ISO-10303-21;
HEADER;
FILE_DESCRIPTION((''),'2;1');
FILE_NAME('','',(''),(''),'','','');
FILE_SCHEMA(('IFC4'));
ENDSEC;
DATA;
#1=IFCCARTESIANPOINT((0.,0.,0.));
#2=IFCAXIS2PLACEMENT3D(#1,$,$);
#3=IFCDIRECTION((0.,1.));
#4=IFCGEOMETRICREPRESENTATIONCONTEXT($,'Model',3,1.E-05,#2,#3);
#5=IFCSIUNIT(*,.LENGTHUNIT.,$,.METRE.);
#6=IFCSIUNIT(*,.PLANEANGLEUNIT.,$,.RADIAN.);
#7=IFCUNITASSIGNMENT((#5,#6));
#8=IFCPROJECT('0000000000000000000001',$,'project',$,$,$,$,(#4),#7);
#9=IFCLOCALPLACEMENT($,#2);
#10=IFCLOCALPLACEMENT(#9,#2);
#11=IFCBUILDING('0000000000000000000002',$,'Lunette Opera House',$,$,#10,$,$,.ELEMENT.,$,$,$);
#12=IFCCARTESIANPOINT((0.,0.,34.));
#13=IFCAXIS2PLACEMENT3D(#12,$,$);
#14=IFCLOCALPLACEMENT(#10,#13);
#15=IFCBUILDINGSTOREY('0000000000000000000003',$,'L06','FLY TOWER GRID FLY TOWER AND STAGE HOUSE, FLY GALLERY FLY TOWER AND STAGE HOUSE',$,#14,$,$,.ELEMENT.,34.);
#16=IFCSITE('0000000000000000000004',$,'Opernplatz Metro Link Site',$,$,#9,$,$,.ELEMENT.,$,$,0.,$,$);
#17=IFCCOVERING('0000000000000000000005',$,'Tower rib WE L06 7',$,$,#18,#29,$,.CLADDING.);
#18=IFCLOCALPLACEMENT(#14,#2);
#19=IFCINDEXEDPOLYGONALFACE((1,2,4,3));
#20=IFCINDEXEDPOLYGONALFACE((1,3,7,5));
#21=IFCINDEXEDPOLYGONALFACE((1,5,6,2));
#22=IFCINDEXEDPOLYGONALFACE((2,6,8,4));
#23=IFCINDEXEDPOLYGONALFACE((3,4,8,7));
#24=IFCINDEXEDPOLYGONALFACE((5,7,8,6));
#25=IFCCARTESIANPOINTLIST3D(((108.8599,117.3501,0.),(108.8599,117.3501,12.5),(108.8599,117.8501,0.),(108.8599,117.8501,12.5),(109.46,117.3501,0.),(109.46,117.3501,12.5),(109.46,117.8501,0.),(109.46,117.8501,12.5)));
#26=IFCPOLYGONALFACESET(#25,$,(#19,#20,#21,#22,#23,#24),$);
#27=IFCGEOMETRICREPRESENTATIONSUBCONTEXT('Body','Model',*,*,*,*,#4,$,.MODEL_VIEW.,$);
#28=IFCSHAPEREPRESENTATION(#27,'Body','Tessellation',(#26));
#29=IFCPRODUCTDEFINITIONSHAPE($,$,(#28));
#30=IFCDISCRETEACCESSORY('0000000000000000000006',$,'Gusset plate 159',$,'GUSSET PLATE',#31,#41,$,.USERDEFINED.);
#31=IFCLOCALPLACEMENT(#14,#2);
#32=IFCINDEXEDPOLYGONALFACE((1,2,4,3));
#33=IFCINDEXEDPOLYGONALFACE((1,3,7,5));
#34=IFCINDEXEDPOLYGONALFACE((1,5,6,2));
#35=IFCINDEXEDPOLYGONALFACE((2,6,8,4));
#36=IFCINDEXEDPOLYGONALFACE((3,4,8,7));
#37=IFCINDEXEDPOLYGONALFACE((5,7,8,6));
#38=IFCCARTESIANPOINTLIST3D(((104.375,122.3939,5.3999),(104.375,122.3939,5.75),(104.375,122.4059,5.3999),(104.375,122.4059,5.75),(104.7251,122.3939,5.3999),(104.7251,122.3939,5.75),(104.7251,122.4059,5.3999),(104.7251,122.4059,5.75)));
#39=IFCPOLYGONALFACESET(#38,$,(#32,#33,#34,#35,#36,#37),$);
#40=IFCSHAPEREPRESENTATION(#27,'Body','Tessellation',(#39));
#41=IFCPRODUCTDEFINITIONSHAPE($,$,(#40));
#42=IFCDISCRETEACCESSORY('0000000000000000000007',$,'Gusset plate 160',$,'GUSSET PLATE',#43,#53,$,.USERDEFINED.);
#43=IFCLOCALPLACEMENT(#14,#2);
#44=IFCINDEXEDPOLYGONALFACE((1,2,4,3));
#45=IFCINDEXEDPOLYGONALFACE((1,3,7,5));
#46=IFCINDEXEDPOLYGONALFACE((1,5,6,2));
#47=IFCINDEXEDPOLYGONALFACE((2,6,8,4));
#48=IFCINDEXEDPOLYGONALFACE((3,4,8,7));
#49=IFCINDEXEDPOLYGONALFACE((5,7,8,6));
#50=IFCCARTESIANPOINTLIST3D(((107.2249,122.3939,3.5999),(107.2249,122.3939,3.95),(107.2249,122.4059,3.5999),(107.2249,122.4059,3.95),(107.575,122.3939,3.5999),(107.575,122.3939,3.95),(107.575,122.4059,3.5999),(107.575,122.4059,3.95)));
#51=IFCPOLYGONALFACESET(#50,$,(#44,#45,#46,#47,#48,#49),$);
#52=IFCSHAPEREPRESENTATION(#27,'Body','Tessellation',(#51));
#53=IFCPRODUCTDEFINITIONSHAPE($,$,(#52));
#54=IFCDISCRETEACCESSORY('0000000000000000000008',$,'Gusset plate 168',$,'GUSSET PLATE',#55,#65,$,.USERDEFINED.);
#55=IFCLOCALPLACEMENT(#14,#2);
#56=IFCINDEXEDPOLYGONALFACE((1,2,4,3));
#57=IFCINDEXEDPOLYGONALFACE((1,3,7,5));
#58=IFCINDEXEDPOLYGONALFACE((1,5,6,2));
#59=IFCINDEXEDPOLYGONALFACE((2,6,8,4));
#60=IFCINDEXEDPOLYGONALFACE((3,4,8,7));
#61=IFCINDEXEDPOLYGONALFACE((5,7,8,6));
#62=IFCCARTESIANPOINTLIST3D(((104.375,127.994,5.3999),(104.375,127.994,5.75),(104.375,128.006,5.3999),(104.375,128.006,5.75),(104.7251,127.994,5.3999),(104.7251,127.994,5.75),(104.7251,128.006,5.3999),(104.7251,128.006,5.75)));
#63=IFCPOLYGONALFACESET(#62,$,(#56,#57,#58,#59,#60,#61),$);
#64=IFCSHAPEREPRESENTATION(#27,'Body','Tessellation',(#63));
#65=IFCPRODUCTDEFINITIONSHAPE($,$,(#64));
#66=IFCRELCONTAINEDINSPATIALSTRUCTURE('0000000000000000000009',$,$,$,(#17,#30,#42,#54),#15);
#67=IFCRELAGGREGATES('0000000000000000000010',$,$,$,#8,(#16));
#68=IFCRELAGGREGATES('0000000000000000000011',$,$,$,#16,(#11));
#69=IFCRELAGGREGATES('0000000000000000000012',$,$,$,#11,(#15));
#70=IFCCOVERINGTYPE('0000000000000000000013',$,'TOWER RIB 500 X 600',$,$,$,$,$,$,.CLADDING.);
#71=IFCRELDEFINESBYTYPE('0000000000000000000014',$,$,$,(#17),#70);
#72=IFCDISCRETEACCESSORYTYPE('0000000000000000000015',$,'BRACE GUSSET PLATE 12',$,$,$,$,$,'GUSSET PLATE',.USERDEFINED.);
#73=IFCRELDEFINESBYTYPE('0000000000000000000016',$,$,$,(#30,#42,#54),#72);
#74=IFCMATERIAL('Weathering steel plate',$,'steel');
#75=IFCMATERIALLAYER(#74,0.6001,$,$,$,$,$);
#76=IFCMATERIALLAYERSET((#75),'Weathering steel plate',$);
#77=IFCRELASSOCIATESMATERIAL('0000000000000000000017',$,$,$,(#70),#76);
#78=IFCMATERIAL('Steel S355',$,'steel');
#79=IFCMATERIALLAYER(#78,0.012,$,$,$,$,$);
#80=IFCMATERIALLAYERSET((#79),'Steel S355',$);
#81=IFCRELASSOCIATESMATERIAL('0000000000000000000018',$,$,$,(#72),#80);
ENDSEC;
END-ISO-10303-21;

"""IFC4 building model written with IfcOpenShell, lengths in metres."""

from ifc_helpers import new_model, si_unit, direction, frame, origin, origin_2d, place, context, subcontext, project, spatial, rectangle, extrude, material, layer, layer_set, type_object, element, save


model = new_model("IFC4")

# Units and contexts
model_context = context("Model", 3, precision=1e-05, world=origin(), true_north=direction((0.0, 1.0)))
body_context = subcontext(model_context, "Body", "Model", "MODEL_VIEW")
ifc_project = project(units=[si_unit("LENGTHUNIT", "METRE"), si_unit("PLANEANGLEUNIT", "RADIAN")], contexts=[model_context])

# Site, building, storey
site_placement = place(None, origin())
site = spatial("IfcSite", under=ifc_project, at=site_placement, Name="Opernplatz Metro Link Site", CompositionType="ELEMENT", RefElevation=0.0)
building_placement = place(site_placement, origin())
building = spatial("IfcBuilding", under=site, at=building_placement, Name="Lunette Opera House", CompositionType="ELEMENT")
storey_placement = place(building_placement, frame((0.0, 0.0, 34.0)))
storey = spatial("IfcBuildingStorey", under=building, at=storey_placement, Name="L06", Description="FLY TOWER GRID FLY TOWER AND STAGE HOUSE, FLY GALLERY FLY TOWER AND STAGE HOUSE", CompositionType="ELEMENT", Elevation=34.0)

# Covering
ifc_material_1 = material(Name="Weathering steel plate", Category="steel")
ifc_layer_1 = layer(ifc_material_1, 0.6001)
ifc_layer_set_1 = layer_set([ifc_layer_1], Name="Weathering steel plate")
covering_type_1 = type_object("IfcCoveringType", Name="TOWER RIB 500 X 600", PredefinedType="CLADDING", material=ifc_layer_set_1)
covering_1_placement = place(storey_placement, frame((109.1599, 117.6001, 0.0), z_axis=(0.0, 0.0, 1.0), x_axis=(0.0, 1.0, 0.0)))
element("IfcCovering", 1, at=covering_1_placement, inside=storey, type_object=covering_type_1, Name="Tower rib WE L06 7", PredefinedType="CLADDING", context=body_context, shape_type="SweptSolid", body=[
    extrude(rectangle(XDim=0.5, YDim=0.6001, at=origin_2d()), origin(), (0.0, 0.0, 1.0), 12.5),
])

# Discrete accessories
ifc_material_2 = material(Name="Steel S355", Category="steel")
ifc_layer_2 = layer(ifc_material_2, 0.012)
ifc_layer_set_2 = layer_set([ifc_layer_2], Name="Steel S355")
discrete_accessory_type = type_object("IfcDiscreteAccessoryType", Name="BRACE GUSSET PLATE 12", ElementType="GUSSET PLATE", PredefinedType="USERDEFINED", material=ifc_layer_set_2)
for number, where, z_axis, x_axis, name in (
    (2, (104.55, 122.3999, 5.3999), (0.0, 0.0, 1.0), (1.0, 0.0, 0.0), "Gusset plate 159"),
    (3, (107.3999, 122.3999, 3.5999), (0.0, 0.0, 1.0), (1.0, 0.0, 0.0), "Gusset plate 160"),
    (4, (104.55, 128.0, 5.3999), (0.0, 0.0, 1.0), (1.0, 0.0, 0.0), "Gusset plate 168"),
):
    element("IfcDiscreteAccessory", number, at=place(storey_placement, frame(where, z_axis=z_axis, x_axis=x_axis)), inside=storey, type_object=discrete_accessory_type, Name=name, ObjectType="GUSSET PLATE", PredefinedType="USERDEFINED", context=body_context, shape_type="SweptSolid", body=[
        extrude(rectangle(XDim=0.3501, YDim=0.012, at=origin_2d()), origin(), (0.0, 0.0, 1.0), 0.3501),
    ])

save(model, "model.ifc")
